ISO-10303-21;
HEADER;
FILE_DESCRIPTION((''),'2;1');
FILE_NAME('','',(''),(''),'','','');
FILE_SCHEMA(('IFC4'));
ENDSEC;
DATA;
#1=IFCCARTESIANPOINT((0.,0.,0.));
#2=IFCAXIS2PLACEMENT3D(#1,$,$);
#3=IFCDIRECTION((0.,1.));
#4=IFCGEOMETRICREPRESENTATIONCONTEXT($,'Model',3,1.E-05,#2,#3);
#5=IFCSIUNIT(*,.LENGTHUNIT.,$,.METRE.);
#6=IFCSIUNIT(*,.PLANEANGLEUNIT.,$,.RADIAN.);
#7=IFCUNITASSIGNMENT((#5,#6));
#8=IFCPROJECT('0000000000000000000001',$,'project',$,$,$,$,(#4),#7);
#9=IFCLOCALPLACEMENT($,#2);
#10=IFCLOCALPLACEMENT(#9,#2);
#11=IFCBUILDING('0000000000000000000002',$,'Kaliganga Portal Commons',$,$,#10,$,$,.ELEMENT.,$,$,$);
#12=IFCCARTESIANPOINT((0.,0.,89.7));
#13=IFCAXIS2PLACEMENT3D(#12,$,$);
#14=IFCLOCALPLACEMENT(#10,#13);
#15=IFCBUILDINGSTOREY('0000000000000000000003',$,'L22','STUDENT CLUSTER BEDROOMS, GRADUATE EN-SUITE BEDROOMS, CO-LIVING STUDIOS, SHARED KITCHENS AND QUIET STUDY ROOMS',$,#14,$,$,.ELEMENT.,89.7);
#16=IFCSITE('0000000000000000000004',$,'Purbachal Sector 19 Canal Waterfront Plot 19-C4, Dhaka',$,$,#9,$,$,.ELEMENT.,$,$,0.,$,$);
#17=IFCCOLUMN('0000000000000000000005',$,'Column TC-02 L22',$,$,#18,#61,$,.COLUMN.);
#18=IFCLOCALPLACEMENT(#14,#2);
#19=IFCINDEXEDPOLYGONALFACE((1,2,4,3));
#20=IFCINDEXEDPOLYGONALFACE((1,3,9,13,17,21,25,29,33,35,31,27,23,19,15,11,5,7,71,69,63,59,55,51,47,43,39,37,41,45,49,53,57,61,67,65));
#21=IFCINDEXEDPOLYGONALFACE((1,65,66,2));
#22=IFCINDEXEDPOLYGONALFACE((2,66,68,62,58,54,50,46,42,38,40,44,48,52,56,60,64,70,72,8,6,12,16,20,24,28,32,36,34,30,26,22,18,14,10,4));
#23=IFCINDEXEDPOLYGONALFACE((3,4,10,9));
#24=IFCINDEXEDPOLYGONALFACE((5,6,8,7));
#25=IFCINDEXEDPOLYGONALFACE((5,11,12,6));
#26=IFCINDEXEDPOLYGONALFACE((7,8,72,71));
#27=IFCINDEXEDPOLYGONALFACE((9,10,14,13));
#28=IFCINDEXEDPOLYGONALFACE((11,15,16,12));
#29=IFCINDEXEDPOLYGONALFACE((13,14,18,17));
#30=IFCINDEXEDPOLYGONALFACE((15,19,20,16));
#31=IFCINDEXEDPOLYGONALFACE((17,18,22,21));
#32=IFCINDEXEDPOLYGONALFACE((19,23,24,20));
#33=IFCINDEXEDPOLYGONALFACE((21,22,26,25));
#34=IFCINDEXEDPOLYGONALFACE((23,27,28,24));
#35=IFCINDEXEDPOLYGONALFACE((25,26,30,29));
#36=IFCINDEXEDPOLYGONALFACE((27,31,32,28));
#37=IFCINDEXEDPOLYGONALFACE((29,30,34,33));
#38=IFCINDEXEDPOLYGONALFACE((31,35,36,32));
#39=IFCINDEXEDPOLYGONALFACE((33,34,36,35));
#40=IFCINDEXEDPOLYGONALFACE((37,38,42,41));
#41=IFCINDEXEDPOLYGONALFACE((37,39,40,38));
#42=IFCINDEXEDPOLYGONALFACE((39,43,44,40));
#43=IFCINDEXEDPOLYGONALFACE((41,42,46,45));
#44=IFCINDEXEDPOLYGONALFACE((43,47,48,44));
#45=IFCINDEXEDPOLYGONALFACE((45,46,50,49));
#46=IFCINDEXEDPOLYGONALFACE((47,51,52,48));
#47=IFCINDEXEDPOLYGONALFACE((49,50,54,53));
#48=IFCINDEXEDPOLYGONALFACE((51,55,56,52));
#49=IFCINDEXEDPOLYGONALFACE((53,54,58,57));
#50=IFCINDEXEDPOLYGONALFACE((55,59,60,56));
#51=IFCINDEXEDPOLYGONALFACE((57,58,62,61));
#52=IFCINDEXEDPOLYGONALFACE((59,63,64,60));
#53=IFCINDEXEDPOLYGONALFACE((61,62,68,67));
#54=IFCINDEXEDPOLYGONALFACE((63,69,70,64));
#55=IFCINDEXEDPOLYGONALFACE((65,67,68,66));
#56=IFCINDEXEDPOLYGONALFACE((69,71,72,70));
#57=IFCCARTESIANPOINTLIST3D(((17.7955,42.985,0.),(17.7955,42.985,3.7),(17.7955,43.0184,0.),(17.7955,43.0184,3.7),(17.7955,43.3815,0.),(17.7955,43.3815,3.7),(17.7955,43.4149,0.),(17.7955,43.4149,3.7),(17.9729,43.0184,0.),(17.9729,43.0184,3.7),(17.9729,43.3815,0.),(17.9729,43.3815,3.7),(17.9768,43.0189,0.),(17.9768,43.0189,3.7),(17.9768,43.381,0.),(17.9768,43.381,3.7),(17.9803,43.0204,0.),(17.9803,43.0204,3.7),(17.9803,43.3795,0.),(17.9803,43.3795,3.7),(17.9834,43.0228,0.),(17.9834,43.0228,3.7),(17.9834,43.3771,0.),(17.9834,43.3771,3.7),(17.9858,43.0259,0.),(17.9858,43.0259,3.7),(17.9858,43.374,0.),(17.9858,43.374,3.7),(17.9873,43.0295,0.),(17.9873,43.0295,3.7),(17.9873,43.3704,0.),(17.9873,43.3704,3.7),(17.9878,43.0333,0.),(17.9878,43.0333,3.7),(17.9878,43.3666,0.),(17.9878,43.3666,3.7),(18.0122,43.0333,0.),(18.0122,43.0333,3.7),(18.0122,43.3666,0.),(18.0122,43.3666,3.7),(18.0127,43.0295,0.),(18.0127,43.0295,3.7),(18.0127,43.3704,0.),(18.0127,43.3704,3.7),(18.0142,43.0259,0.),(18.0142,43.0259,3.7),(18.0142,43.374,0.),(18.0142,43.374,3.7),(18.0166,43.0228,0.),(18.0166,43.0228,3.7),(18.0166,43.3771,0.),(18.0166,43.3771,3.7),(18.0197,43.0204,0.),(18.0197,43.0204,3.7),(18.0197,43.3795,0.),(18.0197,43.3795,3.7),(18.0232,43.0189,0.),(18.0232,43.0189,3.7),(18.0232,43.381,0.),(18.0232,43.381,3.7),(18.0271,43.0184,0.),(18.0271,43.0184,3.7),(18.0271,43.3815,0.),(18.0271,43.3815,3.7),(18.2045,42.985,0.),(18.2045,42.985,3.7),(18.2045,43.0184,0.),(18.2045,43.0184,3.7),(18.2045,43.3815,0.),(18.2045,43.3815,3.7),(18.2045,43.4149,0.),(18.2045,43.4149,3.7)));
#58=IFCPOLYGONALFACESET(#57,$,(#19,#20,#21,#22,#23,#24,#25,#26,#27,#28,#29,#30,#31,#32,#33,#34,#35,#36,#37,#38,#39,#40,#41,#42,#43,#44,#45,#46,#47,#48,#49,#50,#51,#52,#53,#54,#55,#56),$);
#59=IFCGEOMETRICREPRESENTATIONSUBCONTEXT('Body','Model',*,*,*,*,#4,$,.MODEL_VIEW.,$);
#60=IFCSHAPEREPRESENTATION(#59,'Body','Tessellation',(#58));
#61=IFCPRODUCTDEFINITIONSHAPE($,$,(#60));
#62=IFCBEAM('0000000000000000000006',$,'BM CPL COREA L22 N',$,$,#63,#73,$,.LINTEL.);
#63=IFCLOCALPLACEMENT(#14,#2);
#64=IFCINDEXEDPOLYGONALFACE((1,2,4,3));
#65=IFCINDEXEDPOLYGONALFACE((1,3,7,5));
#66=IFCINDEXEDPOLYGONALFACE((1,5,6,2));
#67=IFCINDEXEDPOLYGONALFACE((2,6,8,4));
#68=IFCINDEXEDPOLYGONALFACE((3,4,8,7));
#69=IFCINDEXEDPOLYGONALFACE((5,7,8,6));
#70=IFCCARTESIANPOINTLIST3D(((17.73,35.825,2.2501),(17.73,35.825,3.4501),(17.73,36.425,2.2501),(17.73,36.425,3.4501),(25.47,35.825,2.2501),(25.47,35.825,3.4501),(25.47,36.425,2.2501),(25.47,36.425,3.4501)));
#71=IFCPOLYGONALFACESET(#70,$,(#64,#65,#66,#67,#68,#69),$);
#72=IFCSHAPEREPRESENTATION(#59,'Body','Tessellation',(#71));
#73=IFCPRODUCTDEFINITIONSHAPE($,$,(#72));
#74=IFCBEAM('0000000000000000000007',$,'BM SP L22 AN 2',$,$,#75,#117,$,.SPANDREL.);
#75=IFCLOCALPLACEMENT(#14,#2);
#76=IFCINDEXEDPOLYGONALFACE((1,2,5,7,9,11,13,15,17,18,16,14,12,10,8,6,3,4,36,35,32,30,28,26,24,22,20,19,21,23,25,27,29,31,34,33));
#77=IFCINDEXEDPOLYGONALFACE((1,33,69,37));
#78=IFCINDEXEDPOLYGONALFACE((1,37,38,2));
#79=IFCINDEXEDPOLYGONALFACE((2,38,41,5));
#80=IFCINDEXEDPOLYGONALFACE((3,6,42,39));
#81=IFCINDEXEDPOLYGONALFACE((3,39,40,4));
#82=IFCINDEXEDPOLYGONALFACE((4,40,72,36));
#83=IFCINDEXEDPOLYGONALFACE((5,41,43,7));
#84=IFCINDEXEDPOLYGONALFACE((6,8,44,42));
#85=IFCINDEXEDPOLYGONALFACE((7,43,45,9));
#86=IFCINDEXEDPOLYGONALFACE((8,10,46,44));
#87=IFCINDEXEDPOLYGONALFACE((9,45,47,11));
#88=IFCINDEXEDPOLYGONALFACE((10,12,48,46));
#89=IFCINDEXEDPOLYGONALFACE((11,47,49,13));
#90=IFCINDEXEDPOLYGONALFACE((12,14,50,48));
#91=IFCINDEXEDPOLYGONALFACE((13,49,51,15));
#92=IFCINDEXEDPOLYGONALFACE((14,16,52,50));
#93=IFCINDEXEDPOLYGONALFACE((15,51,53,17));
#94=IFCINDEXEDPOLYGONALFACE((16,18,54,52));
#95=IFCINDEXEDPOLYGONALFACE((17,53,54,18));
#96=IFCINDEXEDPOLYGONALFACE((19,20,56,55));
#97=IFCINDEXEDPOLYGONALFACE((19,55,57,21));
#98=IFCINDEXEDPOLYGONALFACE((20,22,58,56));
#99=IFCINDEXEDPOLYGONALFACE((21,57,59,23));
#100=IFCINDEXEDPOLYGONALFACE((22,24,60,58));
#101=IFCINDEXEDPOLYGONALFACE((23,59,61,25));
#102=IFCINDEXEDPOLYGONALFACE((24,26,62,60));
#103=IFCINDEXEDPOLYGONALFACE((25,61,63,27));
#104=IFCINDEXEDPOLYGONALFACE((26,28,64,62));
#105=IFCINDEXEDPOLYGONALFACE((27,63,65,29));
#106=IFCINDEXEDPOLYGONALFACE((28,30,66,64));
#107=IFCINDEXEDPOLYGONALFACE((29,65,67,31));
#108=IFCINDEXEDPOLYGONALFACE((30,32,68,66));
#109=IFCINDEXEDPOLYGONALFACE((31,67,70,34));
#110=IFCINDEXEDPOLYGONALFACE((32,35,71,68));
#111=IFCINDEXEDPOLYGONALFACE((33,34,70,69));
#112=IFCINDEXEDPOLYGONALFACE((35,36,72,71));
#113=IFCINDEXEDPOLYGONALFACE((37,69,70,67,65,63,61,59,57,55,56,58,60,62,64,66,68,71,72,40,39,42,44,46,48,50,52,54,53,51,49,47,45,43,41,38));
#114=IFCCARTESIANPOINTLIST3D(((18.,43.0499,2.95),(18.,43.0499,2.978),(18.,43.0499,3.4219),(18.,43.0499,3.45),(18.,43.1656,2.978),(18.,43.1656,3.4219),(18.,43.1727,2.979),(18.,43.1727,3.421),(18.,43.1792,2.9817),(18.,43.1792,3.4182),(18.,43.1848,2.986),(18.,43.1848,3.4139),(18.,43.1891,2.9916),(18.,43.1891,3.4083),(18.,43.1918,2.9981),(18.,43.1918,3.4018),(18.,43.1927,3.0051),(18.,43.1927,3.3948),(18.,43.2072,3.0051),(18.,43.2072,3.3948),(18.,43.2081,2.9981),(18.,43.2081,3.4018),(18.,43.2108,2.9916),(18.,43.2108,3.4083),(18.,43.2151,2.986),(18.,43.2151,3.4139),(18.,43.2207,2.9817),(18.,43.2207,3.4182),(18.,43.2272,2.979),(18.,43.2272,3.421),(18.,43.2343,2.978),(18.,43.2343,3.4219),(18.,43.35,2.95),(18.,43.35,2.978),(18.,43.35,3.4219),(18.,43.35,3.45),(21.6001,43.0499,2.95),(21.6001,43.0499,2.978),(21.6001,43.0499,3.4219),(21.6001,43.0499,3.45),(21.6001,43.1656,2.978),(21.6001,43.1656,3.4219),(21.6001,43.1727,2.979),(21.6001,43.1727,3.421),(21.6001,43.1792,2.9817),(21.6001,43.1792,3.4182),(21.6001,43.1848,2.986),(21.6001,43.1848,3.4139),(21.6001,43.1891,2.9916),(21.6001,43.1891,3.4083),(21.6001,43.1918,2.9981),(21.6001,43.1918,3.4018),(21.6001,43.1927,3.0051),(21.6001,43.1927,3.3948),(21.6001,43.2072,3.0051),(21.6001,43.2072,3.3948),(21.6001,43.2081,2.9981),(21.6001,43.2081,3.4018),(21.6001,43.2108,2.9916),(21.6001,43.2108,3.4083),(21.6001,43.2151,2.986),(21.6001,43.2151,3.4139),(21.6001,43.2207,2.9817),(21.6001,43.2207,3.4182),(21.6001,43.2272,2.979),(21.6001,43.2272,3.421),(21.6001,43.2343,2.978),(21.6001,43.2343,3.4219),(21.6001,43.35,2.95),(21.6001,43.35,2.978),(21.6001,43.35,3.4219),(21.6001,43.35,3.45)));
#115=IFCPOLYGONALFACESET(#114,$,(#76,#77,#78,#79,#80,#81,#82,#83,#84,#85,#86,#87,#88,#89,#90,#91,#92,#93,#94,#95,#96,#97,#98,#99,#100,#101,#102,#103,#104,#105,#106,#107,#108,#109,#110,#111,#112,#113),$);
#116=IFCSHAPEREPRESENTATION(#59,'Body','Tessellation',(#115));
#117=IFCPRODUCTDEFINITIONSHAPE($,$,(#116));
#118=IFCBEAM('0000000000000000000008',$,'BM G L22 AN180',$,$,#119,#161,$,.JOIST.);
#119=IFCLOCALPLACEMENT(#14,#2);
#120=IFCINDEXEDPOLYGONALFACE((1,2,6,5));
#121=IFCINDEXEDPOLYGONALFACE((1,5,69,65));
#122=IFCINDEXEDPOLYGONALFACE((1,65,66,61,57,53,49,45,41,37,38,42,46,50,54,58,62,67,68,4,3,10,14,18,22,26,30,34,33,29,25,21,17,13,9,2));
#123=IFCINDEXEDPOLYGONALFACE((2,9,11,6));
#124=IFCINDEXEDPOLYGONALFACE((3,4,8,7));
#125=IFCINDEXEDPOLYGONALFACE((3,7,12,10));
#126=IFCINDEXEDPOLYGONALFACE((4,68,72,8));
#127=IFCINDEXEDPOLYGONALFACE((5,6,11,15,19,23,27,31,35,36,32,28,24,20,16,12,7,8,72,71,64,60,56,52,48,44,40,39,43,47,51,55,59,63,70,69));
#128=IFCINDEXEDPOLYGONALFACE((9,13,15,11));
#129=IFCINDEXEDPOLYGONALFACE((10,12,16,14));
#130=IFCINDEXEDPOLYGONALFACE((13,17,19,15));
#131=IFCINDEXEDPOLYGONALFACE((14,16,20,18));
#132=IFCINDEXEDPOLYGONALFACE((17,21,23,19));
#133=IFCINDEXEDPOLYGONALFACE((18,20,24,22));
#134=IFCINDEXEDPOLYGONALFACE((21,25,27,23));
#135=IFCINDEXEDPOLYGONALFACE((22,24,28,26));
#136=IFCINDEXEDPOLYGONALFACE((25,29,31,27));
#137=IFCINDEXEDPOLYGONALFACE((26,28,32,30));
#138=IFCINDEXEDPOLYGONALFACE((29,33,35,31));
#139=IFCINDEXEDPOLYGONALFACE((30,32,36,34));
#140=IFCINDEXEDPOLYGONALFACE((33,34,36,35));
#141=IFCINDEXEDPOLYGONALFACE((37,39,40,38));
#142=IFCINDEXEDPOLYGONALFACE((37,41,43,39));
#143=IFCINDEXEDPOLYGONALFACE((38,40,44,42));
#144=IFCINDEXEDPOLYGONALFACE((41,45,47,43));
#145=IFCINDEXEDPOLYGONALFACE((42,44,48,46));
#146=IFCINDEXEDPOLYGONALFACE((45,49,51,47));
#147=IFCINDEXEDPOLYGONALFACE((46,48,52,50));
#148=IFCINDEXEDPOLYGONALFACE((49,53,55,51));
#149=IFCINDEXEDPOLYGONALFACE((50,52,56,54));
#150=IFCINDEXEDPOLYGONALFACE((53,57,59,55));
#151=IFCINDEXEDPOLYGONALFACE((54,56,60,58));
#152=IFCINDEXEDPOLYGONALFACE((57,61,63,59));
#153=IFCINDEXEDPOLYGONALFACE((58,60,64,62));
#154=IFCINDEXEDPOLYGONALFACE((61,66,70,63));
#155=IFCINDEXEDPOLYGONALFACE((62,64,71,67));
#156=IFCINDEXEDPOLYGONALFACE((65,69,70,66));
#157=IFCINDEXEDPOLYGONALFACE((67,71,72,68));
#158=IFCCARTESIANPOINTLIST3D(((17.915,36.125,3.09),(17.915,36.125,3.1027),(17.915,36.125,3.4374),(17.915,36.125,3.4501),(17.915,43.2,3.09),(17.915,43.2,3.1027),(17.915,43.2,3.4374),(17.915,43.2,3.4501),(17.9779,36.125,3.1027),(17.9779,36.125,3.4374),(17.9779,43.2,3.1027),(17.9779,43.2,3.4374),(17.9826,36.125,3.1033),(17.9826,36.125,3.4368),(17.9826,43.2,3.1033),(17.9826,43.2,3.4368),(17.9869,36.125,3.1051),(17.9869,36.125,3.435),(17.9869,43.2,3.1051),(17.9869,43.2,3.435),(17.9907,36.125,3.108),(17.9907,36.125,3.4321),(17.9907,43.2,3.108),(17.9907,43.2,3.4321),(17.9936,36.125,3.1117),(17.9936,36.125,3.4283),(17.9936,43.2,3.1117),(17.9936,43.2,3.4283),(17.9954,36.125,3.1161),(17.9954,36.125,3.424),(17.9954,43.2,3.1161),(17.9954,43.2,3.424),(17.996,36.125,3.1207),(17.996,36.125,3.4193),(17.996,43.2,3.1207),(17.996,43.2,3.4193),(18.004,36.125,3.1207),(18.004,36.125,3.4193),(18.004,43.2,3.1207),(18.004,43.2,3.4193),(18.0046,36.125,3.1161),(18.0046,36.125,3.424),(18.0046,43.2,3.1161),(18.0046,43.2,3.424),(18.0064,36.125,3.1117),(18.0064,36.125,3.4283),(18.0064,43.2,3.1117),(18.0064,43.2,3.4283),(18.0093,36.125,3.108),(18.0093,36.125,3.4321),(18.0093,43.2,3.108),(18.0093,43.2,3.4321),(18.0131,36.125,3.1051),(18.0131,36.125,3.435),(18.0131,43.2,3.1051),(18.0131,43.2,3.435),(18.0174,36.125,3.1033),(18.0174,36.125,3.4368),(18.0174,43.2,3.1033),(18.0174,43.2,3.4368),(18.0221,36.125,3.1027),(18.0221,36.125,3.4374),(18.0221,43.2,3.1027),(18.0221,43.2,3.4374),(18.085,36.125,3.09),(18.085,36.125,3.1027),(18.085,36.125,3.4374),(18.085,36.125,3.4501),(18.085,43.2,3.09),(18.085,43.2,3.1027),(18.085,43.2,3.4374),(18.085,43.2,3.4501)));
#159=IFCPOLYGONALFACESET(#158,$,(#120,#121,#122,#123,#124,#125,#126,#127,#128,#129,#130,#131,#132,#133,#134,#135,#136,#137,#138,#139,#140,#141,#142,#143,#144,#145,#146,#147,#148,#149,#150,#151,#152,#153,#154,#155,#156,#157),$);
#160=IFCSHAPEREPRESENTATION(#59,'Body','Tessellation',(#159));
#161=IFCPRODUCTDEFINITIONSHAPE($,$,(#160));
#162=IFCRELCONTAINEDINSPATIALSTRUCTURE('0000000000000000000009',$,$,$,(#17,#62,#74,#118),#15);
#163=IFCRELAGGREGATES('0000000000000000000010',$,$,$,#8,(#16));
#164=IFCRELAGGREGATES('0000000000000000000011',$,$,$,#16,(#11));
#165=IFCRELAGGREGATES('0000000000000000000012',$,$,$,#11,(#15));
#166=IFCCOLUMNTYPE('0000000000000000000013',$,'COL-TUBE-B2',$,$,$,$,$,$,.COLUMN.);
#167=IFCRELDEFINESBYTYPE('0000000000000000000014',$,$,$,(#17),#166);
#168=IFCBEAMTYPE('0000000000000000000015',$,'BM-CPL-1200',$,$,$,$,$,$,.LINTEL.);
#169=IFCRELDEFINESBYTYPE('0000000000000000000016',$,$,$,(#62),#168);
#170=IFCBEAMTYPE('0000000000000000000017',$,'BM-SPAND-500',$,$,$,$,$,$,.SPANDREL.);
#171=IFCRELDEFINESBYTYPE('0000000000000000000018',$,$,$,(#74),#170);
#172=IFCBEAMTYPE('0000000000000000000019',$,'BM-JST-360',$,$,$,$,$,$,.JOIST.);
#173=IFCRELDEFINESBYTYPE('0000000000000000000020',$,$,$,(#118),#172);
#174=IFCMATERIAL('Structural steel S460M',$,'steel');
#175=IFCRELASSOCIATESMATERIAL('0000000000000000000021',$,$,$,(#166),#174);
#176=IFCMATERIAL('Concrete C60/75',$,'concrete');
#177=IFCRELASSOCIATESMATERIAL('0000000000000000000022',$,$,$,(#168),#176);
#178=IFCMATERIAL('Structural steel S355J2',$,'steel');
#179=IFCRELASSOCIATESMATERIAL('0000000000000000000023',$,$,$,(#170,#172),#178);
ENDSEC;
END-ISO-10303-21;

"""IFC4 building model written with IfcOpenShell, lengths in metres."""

from ifc_helpers import new_model, si_unit, direction, frame, origin, origin_2d, place, context, subcontext, project, spatial, rectangle, i_section, extrude, source, transform, mapped, material, material_profile, profile_set, type_object, element, save


model = new_model("IFC4")

# Units and contexts
model_context = context("Model", 3, precision=1e-05, world=origin(), true_north=direction((0.0, 1.0)))
body_context = subcontext(model_context, "Body", "Model", "MODEL_VIEW")
ifc_project = project(units=[si_unit("LENGTHUNIT", "METRE"), si_unit("PLANEANGLEUNIT", "RADIAN")], contexts=[model_context])

# Site, building, storey
site_placement = place(None, origin())
site = spatial("IfcSite", under=ifc_project, at=site_placement, Name="Purbachal Sector 19 Canal Waterfront Plot 19-C4, Dhaka", CompositionType="ELEMENT", RefElevation=0.0)
building_placement = place(site_placement, origin())
building = spatial("IfcBuilding", under=site, at=building_placement, Name="Kaliganga Portal Commons", CompositionType="ELEMENT")
storey_placement = place(building_placement, frame((0.0, 0.0, 89.7)))
storey = spatial("IfcBuildingStorey", under=building, at=storey_placement, Name="L22", Description="STUDENT CLUSTER BEDROOMS, GRADUATE EN-SUITE BEDROOMS, CO-LIVING STUDIOS, SHARED KITCHENS AND QUIET STUDY ROOMS", CompositionType="ELEMENT", Elevation=89.7)

# Column
ifc_material_1 = material(Name="Structural steel S460M", Category="steel")
ifc_material_profile_1 = material_profile(ifc_material_1, i_section(OverallWidth=0.4089, OverallDepth=0.4299, WebThickness=0.0244, FlangeThickness=0.0334, FilletRadius=0.0149, at=origin_2d()), Name="HD 400x421")
ifc_profile_set_1 = profile_set([ifc_material_profile_1], Name="Structural steel S460M wide-flange")
column_type = type_object("IfcColumnType", Name="COL-TUBE-B2", PredefinedType="COLUMN", material=ifc_profile_set_1)
shared_shape_1 = source(origin(), body_context, "Body", "SweptSolid", [
    extrude(i_section(OverallWidth=0.4089, OverallDepth=0.4299, WebThickness=0.0244, FlangeThickness=0.0334, FilletRadius=0.0149, at=origin_2d()), origin(), (0.0, 0.0, 1.0), 3.7),
])
column_placement = place(storey_placement, frame((18.0, 43.2, 0.0), z_axis=(0.0, 0.0, 1.0), x_axis=(1.0, 0.0, 0.0)))
element("IfcColumn", 1, at=column_placement, inside=storey, type_object=column_type, Name="Column TC-02 L22", PredefinedType="COLUMN", context=body_context, shape_type="MappedRepresentation", body=[
    mapped(shared_shape_1, transform((0.0, 0.0, 0.0), x_axis=(1.0, 0.0, 0.0), y_axis=(0.0, 1.0, 0.0), z_axis=(0.0, 0.0, 1.0), scale=1.0)),
])

# Beams
ifc_material_2 = material(Name="Concrete C60/75", Category="concrete")
ifc_material_profile_2 = material_profile(ifc_material_2, rectangle(XDim=0.6001, YDim=1.2, at=origin_2d()), Name="RC 600x1200")
ifc_profile_set_2 = profile_set([ifc_material_profile_2], Name="Concrete C60/75")
beam_type_1 = type_object("IfcBeamType", Name="BM-CPL-1200", PredefinedType="LINTEL", material=ifc_profile_set_2)
shared_shape_2 = source(origin(), body_context, "Body", "SweptSolid", [
    extrude(rectangle(XDim=0.6001, YDim=1.2, at=origin_2d()), origin(), (0.0, 0.0, 1.0), 7.74),
])
beam_1_placement = place(storey_placement, frame((17.73, 36.125, 2.8501), z_axis=(1.0, 0.0, 0.0), x_axis=(0.0, 1.0, 0.0)))
element("IfcBeam", 2, at=beam_1_placement, inside=storey, type_object=beam_type_1, Name="BM CPL COREA L22 N", PredefinedType="LINTEL", context=body_context, shape_type="MappedRepresentation", body=[
    mapped(shared_shape_2, transform((0.0, 0.0, 0.0), x_axis=(1.0, 0.0, 0.0), y_axis=(0.0, 1.0, 0.0), z_axis=(0.0, 0.0, 1.0), scale=1.0)),
])
ifc_material_3 = material(Name="Structural steel S355J2", Category="steel")
ifc_material_profile_3 = material_profile(ifc_material_3, i_section(OverallWidth=0.3, OverallDepth=0.5, WebThickness=0.0144, FlangeThickness=0.0281, FilletRadius=0.0271, at=origin_2d()), Name="HE 500 B")
ifc_profile_set_3 = profile_set([ifc_material_profile_3], Name="Structural steel S355J2 wide-flange")
beam_type_2 = type_object("IfcBeamType", Name="BM-SPAND-500", PredefinedType="SPANDREL", material=ifc_profile_set_3)
shared_shape_3 = source(origin(), body_context, "Body", "SweptSolid", [
    extrude(i_section(OverallWidth=0.3, OverallDepth=0.5, WebThickness=0.0144, FlangeThickness=0.0281, FilletRadius=0.0271, at=origin_2d()), origin(), (0.0, 0.0, 1.0), 3.6001),
])
beam_2_placement = place(storey_placement, frame((18.0, 43.2, 3.2), z_axis=(1.0, 0.0, 0.0), x_axis=(0.0, 1.0, 0.0)))
element("IfcBeam", 3, at=beam_2_placement, inside=storey, type_object=beam_type_2, Name="BM SP L22 AN 2", PredefinedType="SPANDREL", context=body_context, shape_type="MappedRepresentation", body=[
    mapped(shared_shape_3, transform((0.0, 0.0, 0.0), x_axis=(1.0, 0.0, 0.0), y_axis=(0.0, 1.0, 0.0), z_axis=(0.0, 0.0, 1.0), scale=1.0)),
])
ifc_material_profile_4 = material_profile(ifc_material_3, i_section(OverallWidth=0.1699, OverallDepth=0.3601, WebThickness=0.0081, FlangeThickness=0.0127, FilletRadius=0.0181, at=origin_2d()), Name="IPE 360")
ifc_profile_set_4 = profile_set([ifc_material_profile_4], Name="Structural steel S355J2 wide-flange")
beam_type_3 = type_object("IfcBeamType", Name="BM-JST-360", PredefinedType="JOIST", material=ifc_profile_set_4)
shared_shape_4 = source(origin(), body_context, "Body", "SweptSolid", [
    extrude(i_section(OverallWidth=0.1699, OverallDepth=0.3601, WebThickness=0.0081, FlangeThickness=0.0127, FilletRadius=0.0181, at=origin_2d()), origin(), (0.0, 0.0, 1.0), 7.075),
])
beam_3_placement = place(storey_placement, frame((18.0, 36.125, 3.27), z_axis=(0.0, 1.0, 0.0), x_axis=(-1.0, 0.0, 0.0)))
element("IfcBeam", 4, at=beam_3_placement, inside=storey, type_object=beam_type_3, Name="BM G L22 AN180", PredefinedType="JOIST", context=body_context, shape_type="MappedRepresentation", body=[
    mapped(shared_shape_4, transform((0.0, 0.0, 0.0), x_axis=(1.0, 0.0, 0.0), y_axis=(0.0, 1.0, 0.0), z_axis=(0.0, 0.0, 1.0), scale=1.0)),
])

save(model, "model.ifc")
